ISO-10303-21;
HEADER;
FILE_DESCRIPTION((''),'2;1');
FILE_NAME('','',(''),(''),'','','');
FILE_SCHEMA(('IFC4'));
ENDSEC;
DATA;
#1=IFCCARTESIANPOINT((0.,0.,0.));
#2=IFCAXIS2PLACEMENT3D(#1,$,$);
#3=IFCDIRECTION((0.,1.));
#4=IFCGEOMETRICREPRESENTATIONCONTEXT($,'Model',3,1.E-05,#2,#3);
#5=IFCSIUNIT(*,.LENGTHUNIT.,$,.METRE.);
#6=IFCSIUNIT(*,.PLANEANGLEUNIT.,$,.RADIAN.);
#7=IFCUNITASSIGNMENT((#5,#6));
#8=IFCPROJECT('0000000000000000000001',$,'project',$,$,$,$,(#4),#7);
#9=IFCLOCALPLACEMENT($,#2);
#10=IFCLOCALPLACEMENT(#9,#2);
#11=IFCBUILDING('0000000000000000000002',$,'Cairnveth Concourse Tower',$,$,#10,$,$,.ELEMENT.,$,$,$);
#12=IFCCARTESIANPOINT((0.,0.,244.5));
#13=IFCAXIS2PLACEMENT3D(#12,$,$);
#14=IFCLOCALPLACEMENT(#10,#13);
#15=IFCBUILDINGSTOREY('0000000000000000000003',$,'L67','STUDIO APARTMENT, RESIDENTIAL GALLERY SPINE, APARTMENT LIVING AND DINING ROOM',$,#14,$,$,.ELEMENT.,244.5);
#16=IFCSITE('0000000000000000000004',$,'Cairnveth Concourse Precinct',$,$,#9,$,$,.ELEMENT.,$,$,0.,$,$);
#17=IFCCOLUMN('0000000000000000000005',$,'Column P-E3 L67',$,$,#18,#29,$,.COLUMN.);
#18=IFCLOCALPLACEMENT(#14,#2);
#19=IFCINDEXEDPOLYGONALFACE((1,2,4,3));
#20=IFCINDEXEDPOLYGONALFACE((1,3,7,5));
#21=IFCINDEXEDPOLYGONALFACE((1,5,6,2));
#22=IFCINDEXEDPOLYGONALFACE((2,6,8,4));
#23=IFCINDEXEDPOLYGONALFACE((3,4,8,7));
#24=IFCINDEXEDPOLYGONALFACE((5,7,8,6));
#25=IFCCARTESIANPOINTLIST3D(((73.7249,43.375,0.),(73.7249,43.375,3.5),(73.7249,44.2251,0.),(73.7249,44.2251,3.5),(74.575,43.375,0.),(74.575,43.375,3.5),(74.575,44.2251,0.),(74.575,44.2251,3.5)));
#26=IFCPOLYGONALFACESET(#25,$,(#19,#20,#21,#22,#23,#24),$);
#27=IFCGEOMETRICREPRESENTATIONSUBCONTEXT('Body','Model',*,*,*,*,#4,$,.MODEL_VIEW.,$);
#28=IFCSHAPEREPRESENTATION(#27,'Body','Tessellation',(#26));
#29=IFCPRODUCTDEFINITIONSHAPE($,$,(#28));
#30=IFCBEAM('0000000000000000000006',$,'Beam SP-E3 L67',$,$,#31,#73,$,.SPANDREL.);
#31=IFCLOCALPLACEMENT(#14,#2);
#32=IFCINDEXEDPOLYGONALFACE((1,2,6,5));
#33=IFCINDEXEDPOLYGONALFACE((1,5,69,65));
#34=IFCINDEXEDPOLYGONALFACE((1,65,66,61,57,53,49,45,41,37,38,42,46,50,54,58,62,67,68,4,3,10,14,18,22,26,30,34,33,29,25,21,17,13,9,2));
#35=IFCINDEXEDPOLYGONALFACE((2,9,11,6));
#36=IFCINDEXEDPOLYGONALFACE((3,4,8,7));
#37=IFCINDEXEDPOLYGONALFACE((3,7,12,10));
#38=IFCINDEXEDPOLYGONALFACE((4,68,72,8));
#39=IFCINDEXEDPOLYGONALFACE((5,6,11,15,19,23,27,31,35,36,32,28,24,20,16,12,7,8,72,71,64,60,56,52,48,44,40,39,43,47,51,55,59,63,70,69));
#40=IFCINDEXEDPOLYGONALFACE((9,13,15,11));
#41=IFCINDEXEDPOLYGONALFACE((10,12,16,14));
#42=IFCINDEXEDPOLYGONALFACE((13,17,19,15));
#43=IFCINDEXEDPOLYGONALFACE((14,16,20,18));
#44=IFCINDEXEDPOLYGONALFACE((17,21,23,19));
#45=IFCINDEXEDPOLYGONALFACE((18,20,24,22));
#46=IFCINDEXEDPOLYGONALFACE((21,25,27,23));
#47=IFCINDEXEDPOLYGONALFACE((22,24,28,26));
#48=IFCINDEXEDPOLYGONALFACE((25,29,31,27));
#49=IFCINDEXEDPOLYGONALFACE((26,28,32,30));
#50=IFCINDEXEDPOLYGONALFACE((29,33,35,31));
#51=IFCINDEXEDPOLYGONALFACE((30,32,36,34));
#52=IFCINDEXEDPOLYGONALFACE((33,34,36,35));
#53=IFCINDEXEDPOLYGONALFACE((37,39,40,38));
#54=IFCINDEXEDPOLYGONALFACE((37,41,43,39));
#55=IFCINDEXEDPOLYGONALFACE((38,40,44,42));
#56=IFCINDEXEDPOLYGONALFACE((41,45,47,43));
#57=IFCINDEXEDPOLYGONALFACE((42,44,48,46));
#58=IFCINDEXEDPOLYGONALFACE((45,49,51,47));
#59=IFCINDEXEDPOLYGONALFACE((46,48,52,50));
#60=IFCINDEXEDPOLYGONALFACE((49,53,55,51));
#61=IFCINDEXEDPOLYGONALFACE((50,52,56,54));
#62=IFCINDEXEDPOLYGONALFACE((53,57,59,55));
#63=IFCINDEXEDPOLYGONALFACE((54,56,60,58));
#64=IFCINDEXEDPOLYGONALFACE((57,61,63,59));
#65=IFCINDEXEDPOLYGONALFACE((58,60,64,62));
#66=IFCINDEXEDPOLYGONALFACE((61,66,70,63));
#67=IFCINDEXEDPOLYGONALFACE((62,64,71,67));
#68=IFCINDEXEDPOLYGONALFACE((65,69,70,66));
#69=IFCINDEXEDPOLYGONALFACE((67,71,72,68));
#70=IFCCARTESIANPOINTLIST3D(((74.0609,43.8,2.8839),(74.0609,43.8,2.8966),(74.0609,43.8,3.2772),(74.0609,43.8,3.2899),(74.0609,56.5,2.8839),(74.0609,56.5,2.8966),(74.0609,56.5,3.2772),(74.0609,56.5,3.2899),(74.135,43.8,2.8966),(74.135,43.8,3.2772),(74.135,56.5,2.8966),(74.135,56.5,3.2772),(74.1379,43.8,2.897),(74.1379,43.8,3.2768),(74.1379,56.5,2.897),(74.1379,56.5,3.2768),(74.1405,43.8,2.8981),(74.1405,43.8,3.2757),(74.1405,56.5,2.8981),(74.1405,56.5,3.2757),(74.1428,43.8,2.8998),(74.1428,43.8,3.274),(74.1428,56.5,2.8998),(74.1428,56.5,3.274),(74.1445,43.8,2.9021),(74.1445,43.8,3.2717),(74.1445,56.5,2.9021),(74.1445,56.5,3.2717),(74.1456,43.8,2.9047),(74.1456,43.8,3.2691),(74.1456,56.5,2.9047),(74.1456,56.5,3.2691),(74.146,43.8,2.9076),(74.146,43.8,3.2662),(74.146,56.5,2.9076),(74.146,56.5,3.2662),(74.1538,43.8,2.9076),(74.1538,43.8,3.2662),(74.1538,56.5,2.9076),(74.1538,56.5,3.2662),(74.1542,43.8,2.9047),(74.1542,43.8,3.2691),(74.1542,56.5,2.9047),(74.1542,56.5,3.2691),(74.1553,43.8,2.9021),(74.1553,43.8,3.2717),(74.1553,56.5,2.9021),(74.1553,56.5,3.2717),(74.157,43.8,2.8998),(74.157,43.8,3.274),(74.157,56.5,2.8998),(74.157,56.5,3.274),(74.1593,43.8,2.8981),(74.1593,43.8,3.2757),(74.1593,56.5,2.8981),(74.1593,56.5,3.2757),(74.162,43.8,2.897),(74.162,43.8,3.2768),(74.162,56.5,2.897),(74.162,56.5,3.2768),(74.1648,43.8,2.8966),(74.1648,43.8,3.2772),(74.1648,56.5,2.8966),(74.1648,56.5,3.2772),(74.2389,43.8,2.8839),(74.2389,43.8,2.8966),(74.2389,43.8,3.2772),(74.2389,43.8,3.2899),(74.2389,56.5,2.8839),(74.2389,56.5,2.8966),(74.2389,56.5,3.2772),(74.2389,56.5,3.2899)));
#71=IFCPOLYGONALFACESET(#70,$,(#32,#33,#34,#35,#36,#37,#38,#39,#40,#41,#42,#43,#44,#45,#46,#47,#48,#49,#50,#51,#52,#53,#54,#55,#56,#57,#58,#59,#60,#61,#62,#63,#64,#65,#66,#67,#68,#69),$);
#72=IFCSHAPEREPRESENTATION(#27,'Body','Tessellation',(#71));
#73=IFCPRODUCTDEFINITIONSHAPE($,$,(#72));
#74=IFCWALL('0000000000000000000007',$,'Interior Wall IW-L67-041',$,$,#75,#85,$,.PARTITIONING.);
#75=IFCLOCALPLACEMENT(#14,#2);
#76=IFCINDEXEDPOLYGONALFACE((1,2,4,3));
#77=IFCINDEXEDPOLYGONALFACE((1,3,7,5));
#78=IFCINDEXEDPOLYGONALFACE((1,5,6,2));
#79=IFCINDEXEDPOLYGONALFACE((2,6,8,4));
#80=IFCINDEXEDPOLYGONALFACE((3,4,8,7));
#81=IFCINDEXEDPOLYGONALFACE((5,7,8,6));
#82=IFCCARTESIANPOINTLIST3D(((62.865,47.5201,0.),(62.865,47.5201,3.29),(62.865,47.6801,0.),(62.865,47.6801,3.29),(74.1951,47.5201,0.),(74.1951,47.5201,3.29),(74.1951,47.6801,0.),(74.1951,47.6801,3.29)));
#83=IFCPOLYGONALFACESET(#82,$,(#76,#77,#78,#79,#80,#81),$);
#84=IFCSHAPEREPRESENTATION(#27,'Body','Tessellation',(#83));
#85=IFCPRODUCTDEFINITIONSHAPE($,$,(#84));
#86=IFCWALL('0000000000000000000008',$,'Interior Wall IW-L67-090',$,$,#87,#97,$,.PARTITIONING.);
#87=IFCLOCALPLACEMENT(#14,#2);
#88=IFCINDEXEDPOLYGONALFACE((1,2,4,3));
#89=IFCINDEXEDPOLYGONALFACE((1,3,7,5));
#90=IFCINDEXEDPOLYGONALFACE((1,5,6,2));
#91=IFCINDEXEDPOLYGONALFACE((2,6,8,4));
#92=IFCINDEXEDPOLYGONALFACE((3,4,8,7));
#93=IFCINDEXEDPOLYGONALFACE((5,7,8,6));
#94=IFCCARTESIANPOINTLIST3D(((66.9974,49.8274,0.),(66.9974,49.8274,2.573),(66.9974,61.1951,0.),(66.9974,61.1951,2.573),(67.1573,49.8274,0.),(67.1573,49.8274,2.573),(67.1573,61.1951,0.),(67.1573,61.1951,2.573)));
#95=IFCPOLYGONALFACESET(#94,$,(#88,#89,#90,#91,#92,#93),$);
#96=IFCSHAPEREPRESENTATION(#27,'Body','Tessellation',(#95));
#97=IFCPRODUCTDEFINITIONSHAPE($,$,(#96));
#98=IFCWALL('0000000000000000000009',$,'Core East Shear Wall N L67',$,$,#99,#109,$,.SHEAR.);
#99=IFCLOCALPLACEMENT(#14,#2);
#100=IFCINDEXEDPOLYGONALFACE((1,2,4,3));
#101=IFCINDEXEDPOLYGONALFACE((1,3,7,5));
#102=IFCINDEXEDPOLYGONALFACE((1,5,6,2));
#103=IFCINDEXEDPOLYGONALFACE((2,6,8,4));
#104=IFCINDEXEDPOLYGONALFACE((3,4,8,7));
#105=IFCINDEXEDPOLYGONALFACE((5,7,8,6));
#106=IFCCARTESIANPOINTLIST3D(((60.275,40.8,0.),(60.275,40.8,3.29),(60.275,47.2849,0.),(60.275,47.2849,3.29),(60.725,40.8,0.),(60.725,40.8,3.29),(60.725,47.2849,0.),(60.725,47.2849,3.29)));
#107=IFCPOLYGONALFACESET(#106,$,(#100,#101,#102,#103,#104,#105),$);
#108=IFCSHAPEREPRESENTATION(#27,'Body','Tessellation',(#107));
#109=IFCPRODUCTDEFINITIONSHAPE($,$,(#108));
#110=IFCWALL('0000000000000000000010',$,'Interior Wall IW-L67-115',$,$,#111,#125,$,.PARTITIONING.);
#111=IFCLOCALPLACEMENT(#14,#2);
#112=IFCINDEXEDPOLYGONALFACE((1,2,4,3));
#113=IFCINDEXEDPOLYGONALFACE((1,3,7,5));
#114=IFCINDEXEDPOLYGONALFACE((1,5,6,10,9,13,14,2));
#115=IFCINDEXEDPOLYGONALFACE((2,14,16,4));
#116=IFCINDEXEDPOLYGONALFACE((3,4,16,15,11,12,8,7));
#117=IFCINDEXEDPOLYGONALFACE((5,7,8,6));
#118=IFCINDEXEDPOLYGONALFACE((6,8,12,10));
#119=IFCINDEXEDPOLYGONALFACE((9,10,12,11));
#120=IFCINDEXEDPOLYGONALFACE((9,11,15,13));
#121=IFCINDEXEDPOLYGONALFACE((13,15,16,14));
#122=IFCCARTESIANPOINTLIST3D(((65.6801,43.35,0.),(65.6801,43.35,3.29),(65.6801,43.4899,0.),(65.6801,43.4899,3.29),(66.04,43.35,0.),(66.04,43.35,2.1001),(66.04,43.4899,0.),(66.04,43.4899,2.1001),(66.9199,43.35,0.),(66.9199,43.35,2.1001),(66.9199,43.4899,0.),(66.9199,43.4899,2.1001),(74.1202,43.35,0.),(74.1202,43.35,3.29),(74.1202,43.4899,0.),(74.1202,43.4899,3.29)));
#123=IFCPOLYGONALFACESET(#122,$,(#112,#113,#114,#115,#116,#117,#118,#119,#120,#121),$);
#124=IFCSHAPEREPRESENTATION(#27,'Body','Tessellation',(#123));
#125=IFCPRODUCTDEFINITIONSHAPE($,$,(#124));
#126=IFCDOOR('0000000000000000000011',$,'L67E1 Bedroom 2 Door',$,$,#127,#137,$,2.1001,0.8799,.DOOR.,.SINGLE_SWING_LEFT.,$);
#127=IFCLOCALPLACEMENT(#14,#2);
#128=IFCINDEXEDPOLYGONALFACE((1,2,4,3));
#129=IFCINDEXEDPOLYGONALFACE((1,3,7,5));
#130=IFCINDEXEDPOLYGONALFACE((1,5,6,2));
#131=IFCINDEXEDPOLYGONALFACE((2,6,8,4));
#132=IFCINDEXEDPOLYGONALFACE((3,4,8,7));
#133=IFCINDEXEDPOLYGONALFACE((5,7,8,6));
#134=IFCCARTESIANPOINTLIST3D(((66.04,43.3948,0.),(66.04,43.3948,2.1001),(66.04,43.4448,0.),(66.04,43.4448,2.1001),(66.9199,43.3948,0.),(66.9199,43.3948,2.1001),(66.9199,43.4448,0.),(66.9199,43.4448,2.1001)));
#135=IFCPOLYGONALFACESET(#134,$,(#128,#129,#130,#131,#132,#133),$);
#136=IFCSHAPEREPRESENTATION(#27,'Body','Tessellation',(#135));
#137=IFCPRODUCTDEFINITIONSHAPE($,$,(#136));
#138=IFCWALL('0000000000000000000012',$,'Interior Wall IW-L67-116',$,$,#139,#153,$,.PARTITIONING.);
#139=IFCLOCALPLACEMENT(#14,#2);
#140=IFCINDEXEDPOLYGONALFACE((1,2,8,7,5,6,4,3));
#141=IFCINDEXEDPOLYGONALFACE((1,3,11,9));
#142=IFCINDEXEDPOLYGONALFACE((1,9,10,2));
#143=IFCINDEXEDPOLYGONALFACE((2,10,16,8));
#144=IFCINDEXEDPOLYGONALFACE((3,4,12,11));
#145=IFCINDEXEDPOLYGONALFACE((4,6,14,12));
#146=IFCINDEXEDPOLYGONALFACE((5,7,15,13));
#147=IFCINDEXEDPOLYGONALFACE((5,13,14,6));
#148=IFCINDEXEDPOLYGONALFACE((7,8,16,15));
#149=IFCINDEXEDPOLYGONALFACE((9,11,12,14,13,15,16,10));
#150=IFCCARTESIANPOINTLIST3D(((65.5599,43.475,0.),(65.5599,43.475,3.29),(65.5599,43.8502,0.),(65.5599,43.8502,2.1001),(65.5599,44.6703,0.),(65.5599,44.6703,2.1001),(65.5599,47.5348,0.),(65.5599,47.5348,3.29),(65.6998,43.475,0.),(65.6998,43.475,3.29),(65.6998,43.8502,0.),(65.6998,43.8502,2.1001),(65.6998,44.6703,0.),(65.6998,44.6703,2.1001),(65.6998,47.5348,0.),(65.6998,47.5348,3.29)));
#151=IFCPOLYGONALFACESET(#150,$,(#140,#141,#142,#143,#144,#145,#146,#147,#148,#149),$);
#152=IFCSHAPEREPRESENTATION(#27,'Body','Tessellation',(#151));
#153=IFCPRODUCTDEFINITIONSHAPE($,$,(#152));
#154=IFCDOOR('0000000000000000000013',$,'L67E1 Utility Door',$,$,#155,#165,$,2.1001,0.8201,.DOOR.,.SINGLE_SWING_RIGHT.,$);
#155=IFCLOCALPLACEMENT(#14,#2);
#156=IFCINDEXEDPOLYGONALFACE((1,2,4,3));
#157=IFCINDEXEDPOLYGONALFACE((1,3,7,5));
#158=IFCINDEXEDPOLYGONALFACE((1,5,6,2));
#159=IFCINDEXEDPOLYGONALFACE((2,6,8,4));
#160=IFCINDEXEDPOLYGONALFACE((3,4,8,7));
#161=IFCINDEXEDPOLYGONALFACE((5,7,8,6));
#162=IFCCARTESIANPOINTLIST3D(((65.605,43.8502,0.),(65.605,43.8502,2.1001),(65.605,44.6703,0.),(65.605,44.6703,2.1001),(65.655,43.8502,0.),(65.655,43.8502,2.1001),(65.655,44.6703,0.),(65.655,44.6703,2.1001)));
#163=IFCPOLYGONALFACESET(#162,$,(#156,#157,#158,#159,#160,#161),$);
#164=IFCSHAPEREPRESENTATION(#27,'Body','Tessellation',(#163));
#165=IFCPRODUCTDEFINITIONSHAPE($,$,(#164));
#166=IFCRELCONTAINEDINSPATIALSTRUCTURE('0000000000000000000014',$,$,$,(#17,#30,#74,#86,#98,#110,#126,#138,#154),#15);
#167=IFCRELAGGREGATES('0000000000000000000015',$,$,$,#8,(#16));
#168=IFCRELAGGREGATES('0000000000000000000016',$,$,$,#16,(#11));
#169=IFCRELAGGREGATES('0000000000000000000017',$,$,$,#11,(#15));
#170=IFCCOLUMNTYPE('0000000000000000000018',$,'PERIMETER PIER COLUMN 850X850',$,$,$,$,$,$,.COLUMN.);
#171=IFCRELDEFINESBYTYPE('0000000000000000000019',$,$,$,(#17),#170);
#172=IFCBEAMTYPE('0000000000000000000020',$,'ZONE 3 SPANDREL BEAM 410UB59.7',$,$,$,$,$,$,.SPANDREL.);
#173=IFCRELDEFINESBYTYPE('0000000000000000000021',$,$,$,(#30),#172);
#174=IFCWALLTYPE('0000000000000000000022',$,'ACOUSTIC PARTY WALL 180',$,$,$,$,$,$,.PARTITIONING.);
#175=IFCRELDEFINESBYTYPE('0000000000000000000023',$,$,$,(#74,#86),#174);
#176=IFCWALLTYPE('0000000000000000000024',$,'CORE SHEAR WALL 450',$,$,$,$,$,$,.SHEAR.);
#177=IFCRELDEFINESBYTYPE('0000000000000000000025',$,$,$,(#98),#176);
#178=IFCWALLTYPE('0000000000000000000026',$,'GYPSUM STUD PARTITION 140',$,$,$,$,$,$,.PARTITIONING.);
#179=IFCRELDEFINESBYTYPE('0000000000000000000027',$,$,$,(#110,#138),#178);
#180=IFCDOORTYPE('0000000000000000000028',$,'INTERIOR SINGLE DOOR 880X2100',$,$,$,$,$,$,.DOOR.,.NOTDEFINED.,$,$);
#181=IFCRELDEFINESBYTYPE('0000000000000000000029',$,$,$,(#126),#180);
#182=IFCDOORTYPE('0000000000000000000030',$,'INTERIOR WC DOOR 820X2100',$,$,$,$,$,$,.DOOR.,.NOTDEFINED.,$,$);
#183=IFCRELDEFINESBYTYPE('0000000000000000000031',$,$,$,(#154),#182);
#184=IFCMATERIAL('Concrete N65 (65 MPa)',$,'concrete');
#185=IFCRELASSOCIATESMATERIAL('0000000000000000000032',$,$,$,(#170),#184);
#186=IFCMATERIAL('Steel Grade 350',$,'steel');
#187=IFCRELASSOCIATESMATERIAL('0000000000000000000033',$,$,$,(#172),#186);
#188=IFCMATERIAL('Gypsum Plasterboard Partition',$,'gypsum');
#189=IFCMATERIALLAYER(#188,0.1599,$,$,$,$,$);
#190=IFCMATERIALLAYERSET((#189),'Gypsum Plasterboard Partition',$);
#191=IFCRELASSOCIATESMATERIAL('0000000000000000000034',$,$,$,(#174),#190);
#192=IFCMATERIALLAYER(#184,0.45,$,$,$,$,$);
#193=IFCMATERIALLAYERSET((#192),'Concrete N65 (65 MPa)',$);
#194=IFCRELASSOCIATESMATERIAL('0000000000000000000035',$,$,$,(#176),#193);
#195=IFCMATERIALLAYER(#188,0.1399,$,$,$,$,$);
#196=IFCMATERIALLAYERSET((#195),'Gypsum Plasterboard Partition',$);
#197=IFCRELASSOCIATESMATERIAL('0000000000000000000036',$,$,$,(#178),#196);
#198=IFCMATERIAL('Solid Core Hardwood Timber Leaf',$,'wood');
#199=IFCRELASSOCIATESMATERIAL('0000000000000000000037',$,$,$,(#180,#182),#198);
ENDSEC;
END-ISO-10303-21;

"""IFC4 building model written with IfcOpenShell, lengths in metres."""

from ifc_helpers import new_model, si_unit, direction, frame, frame_2d, origin, origin_2d, place, context, subcontext, project, spatial, rectangle, i_section, extrude, material, layer, layer_set, material_profile, profile_set, type_object, element, fill, save


model = new_model("IFC4")

# Units and contexts
model_context = context("Model", 3, precision=1e-05, world=origin(), true_north=direction((0.0, 1.0)))
body_context = subcontext(model_context, "Body", "Model", "MODEL_VIEW")
ifc_project = project(units=[si_unit("LENGTHUNIT", "METRE"), si_unit("PLANEANGLEUNIT", "RADIAN")], contexts=[model_context])

# Site, building, storey
site_placement = place(None, origin())
site = spatial("IfcSite", under=ifc_project, at=site_placement, Name="Cairnveth Concourse Precinct", CompositionType="ELEMENT", RefElevation=0.0)
building_placement = place(site_placement, origin())
building = spatial("IfcBuilding", under=site, at=building_placement, Name="Cairnveth Concourse Tower", CompositionType="ELEMENT")
storey_placement = place(building_placement, frame((0.0, 0.0, 244.5)))
storey = spatial("IfcBuildingStorey", under=building, at=storey_placement, Name="L67", Description="STUDIO APARTMENT, RESIDENTIAL GALLERY SPINE, APARTMENT LIVING AND DINING ROOM", CompositionType="ELEMENT", Elevation=244.5)

# Column
ifc_material_1 = material(Name="Concrete N65 (65 MPa)", Category="concrete")
ifc_material_profile_1 = material_profile(ifc_material_1, rectangle(XDim=0.8501, YDim=0.8501, at=origin_2d()), Name="RC-COL-850x850")
ifc_profile_set_1 = profile_set([ifc_material_profile_1], Name="Concrete N65 (65 MPa)")
column_type = type_object("IfcColumnType", Name="PERIMETER PIER COLUMN 850X850", PredefinedType="COLUMN", material=ifc_profile_set_1)
column_placement = place(storey_placement, frame((74.1499, 43.8, 0.0), z_axis=(0.0, 0.0, 1.0), x_axis=(0.0, 1.0, 0.0)))
element("IfcColumn", 1, at=column_placement, inside=storey, type_object=column_type, Name="Column P-E3 L67", PredefinedType="COLUMN", context=body_context, shape_type="SweptSolid", body=[
    extrude(rectangle(XDim=0.8501, YDim=0.8501, at=origin_2d()), origin(), (0.0, 0.0, 1.0), 3.5),
])

# Beam
ifc_material_2 = material(Name="Steel Grade 350", Category="steel")
ifc_material_profile_2 = material_profile(ifc_material_2, i_section(OverallWidth=0.178, OverallDepth=0.406, WebThickness=0.0078, FlangeThickness=0.0127, FilletRadius=0.011, at=origin_2d()), Name="410UB59.7")
ifc_profile_set_2 = profile_set([ifc_material_profile_2], Name="Steel Grade 350")
beam_type = type_object("IfcBeamType", Name="ZONE 3 SPANDREL BEAM 410UB59.7", PredefinedType="SPANDREL", material=ifc_profile_set_2)
beam_placement = place(storey_placement, frame((74.1499, 43.8, 3.0869), z_axis=(0.0, 1.0, 0.0), x_axis=(-1.0, 0.0, 0.0)))
element("IfcBeam", 2, at=beam_placement, inside=storey, type_object=beam_type, Name="Beam SP-E3 L67", PredefinedType="SPANDREL", context=body_context, shape_type="SweptSolid", body=[
    extrude(i_section(OverallWidth=0.178, OverallDepth=0.406, WebThickness=0.0078, FlangeThickness=0.0127, FilletRadius=0.011, at=origin_2d()), origin(), (0.0, 0.0, 1.0), 12.7),
])

# Walls
ifc_material_3 = material(Name="Gypsum Plasterboard Partition", Category="gypsum")
ifc_layer_1 = layer(ifc_material_3, 0.1599)
ifc_layer_set_1 = layer_set([ifc_layer_1], Name="Gypsum Plasterboard Partition")
wall_type_1 = type_object("IfcWallType", Name="ACOUSTIC PARTY WALL 180", PredefinedType="PARTITIONING", material=ifc_layer_set_1)
wall_1_placement = place(storey_placement, frame((62.865, 47.6001, 0.0), z_axis=(0.0, 0.0, 1.0), x_axis=(1.0, 0.0, 0.0)))
element("IfcWall", 3, at=wall_1_placement, inside=storey, type_object=wall_type_1, Name="Interior Wall IW-L67-041", PredefinedType="PARTITIONING", context=body_context, shape_type="SweptSolid", body=[
    extrude(rectangle(XDim=11.3301, YDim=0.1599, at=frame_2d((5.665, 0.0))), origin(), (0.0, 0.0, 1.0), 3.29),
])
wall_2_placement = place(storey_placement, frame((67.0774, 49.8274, 0.0), z_axis=(0.0, 0.0, 1.0), x_axis=(0.0, 1.0, 0.0)))
element("IfcWall", 4, at=wall_2_placement, inside=storey, type_object=wall_type_1, Name="Interior Wall IW-L67-090", PredefinedType="PARTITIONING", context=body_context, shape_type="SweptSolid", body=[
    extrude(rectangle(XDim=11.3677, YDim=0.1599, at=frame_2d((5.6838, 0.0))), origin(), (0.0, 0.0, 1.0), 2.573),
])
ifc_layer_2 = layer(ifc_material_1, 0.45)
ifc_layer_set_2 = layer_set([ifc_layer_2], Name="Concrete N65 (65 MPa)")
wall_type_2 = type_object("IfcWallType", Name="CORE SHEAR WALL 450", PredefinedType="SHEAR", material=ifc_layer_set_2)
wall_3_placement = place(storey_placement, frame((60.5, 40.8, 0.0), z_axis=(0.0, 0.0, 1.0), x_axis=(0.0, 1.0, 0.0)))
element("IfcWall", 5, at=wall_3_placement, inside=storey, type_object=wall_type_2, Name="Core East Shear Wall N L67", PredefinedType="SHEAR", context=body_context, shape_type="SweptSolid", body=[
    extrude(rectangle(XDim=6.4849, YDim=0.45, at=frame_2d((3.2424, 0.0))), origin(), (0.0, 0.0, 1.0), 3.29),
])

# Walls, openings, doors
ifc_layer_3 = layer(ifc_material_3, 0.1399)
ifc_layer_set_3 = layer_set([ifc_layer_3], Name="Gypsum Plasterboard Partition")
wall_type_3 = type_object("IfcWallType", Name="GYPSUM STUD PARTITION 140", PredefinedType="PARTITIONING", material=ifc_layer_set_3)
wall_4_placement = place(storey_placement, frame((65.6799, 43.4199, 0.0), z_axis=(0.0, 0.0, 1.0), x_axis=(1.0, 0.0, 0.0)))
wall_4 = element("IfcWall", 6, at=wall_4_placement, inside=storey, type_object=wall_type_3, Name="Interior Wall IW-L67-115", PredefinedType="PARTITIONING", context=body_context, shape_type="SweptSolid", body=[
    extrude(rectangle(XDim=8.4402, YDim=0.1399, at=frame_2d((4.2202, 0.0))), origin(), (0.0, 0.0, 1.0), 3.29),
])
opening_1_placement = place(wall_4_placement, frame((0.3601, 0.0, 0.0)))
opening_1 = element("IfcOpeningElement", 7, at=opening_1_placement, cuts=wall_4, PredefinedType="OPENING", context=body_context, shape_type="SweptSolid", body=[
    extrude(rectangle(XDim=0.8799, YDim=2.1001, at=frame_2d((0.4399, 1.05))), frame((0.0, 0.0798, 0.0), z_axis=(0.0, -1.0, 0.0), x_axis=(1.0, 0.0, 0.0)), (0.0, 0.0, 1.0), 0.1599),
])
ifc_material_4 = material(Name="Solid Core Hardwood Timber Leaf", Category="wood")
door_type_1 = type_object("IfcDoorType", Name="INTERIOR SINGLE DOOR 880X2100", OperationType="NOTDEFINED", PredefinedType="DOOR", material=ifc_material_4)
door_1_placement = place(opening_1_placement, origin())
door_1 = element("IfcDoor", 8, at=door_1_placement, inside=storey, type_object=door_type_1, Name="L67E1 Bedroom 2 Door", OperationType="SINGLE_SWING_LEFT", OverallHeight=2.1001, OverallWidth=0.8799, PredefinedType="DOOR", context=body_context, shape_type="SweptSolid", body=[
    extrude(rectangle(XDim=0.8799, YDim=2.1001, at=frame_2d((0.4399, 1.05))), frame((0.0, 0.0249, 0.0), z_axis=(0.0, -1.0, 0.0), x_axis=(1.0, 0.0, 0.0)), (0.0, 0.0, 1.0), 0.05),
])
fill(opening_1, door_1)
wall_5_placement = place(storey_placement, frame((65.6299, 43.4751, 0.0), z_axis=(0.0, 0.0, 1.0), x_axis=(0.0, 1.0, 0.0)))
wall_5 = element("IfcWall", 9, at=wall_5_placement, inside=storey, type_object=wall_type_3, Name="Interior Wall IW-L67-116", PredefinedType="PARTITIONING", context=body_context, shape_type="SweptSolid", body=[
    extrude(rectangle(XDim=4.0598, YDim=0.1399, at=frame_2d((2.0298, 0.0))), origin(), (0.0, 0.0, 1.0), 3.29),
])
opening_2_placement = place(wall_5_placement, frame((0.375, 0.0, 0.0)))
opening_2 = element("IfcOpeningElement", 10, at=opening_2_placement, cuts=wall_5, PredefinedType="OPENING", context=body_context, shape_type="SweptSolid", body=[
    extrude(rectangle(XDim=0.8201, YDim=2.1001, at=frame_2d((0.4102, 1.05))), frame((0.0, 0.0798, 0.0), z_axis=(0.0, -1.0, 0.0), x_axis=(1.0, 0.0, 0.0)), (0.0, 0.0, 1.0), 0.1599),
])
door_type_2 = type_object("IfcDoorType", Name="INTERIOR WC DOOR 820X2100", OperationType="NOTDEFINED", PredefinedType="DOOR", material=ifc_material_4)
door_2_placement = place(opening_2_placement, origin())
door_2 = element("IfcDoor", 11, at=door_2_placement, inside=storey, type_object=door_type_2, Name="L67E1 Utility Door", OperationType="SINGLE_SWING_RIGHT", OverallHeight=2.1001, OverallWidth=0.8201, PredefinedType="DOOR", context=body_context, shape_type="SweptSolid", body=[
    extrude(rectangle(XDim=0.8201, YDim=2.1001, at=frame_2d((0.4102, 1.05))), frame((0.0, 0.0249, 0.0), z_axis=(0.0, -1.0, 0.0), x_axis=(1.0, 0.0, 0.0)), (0.0, 0.0, 1.0), 0.05),
])
fill(opening_2, door_2)

save(model, "model.ifc")
